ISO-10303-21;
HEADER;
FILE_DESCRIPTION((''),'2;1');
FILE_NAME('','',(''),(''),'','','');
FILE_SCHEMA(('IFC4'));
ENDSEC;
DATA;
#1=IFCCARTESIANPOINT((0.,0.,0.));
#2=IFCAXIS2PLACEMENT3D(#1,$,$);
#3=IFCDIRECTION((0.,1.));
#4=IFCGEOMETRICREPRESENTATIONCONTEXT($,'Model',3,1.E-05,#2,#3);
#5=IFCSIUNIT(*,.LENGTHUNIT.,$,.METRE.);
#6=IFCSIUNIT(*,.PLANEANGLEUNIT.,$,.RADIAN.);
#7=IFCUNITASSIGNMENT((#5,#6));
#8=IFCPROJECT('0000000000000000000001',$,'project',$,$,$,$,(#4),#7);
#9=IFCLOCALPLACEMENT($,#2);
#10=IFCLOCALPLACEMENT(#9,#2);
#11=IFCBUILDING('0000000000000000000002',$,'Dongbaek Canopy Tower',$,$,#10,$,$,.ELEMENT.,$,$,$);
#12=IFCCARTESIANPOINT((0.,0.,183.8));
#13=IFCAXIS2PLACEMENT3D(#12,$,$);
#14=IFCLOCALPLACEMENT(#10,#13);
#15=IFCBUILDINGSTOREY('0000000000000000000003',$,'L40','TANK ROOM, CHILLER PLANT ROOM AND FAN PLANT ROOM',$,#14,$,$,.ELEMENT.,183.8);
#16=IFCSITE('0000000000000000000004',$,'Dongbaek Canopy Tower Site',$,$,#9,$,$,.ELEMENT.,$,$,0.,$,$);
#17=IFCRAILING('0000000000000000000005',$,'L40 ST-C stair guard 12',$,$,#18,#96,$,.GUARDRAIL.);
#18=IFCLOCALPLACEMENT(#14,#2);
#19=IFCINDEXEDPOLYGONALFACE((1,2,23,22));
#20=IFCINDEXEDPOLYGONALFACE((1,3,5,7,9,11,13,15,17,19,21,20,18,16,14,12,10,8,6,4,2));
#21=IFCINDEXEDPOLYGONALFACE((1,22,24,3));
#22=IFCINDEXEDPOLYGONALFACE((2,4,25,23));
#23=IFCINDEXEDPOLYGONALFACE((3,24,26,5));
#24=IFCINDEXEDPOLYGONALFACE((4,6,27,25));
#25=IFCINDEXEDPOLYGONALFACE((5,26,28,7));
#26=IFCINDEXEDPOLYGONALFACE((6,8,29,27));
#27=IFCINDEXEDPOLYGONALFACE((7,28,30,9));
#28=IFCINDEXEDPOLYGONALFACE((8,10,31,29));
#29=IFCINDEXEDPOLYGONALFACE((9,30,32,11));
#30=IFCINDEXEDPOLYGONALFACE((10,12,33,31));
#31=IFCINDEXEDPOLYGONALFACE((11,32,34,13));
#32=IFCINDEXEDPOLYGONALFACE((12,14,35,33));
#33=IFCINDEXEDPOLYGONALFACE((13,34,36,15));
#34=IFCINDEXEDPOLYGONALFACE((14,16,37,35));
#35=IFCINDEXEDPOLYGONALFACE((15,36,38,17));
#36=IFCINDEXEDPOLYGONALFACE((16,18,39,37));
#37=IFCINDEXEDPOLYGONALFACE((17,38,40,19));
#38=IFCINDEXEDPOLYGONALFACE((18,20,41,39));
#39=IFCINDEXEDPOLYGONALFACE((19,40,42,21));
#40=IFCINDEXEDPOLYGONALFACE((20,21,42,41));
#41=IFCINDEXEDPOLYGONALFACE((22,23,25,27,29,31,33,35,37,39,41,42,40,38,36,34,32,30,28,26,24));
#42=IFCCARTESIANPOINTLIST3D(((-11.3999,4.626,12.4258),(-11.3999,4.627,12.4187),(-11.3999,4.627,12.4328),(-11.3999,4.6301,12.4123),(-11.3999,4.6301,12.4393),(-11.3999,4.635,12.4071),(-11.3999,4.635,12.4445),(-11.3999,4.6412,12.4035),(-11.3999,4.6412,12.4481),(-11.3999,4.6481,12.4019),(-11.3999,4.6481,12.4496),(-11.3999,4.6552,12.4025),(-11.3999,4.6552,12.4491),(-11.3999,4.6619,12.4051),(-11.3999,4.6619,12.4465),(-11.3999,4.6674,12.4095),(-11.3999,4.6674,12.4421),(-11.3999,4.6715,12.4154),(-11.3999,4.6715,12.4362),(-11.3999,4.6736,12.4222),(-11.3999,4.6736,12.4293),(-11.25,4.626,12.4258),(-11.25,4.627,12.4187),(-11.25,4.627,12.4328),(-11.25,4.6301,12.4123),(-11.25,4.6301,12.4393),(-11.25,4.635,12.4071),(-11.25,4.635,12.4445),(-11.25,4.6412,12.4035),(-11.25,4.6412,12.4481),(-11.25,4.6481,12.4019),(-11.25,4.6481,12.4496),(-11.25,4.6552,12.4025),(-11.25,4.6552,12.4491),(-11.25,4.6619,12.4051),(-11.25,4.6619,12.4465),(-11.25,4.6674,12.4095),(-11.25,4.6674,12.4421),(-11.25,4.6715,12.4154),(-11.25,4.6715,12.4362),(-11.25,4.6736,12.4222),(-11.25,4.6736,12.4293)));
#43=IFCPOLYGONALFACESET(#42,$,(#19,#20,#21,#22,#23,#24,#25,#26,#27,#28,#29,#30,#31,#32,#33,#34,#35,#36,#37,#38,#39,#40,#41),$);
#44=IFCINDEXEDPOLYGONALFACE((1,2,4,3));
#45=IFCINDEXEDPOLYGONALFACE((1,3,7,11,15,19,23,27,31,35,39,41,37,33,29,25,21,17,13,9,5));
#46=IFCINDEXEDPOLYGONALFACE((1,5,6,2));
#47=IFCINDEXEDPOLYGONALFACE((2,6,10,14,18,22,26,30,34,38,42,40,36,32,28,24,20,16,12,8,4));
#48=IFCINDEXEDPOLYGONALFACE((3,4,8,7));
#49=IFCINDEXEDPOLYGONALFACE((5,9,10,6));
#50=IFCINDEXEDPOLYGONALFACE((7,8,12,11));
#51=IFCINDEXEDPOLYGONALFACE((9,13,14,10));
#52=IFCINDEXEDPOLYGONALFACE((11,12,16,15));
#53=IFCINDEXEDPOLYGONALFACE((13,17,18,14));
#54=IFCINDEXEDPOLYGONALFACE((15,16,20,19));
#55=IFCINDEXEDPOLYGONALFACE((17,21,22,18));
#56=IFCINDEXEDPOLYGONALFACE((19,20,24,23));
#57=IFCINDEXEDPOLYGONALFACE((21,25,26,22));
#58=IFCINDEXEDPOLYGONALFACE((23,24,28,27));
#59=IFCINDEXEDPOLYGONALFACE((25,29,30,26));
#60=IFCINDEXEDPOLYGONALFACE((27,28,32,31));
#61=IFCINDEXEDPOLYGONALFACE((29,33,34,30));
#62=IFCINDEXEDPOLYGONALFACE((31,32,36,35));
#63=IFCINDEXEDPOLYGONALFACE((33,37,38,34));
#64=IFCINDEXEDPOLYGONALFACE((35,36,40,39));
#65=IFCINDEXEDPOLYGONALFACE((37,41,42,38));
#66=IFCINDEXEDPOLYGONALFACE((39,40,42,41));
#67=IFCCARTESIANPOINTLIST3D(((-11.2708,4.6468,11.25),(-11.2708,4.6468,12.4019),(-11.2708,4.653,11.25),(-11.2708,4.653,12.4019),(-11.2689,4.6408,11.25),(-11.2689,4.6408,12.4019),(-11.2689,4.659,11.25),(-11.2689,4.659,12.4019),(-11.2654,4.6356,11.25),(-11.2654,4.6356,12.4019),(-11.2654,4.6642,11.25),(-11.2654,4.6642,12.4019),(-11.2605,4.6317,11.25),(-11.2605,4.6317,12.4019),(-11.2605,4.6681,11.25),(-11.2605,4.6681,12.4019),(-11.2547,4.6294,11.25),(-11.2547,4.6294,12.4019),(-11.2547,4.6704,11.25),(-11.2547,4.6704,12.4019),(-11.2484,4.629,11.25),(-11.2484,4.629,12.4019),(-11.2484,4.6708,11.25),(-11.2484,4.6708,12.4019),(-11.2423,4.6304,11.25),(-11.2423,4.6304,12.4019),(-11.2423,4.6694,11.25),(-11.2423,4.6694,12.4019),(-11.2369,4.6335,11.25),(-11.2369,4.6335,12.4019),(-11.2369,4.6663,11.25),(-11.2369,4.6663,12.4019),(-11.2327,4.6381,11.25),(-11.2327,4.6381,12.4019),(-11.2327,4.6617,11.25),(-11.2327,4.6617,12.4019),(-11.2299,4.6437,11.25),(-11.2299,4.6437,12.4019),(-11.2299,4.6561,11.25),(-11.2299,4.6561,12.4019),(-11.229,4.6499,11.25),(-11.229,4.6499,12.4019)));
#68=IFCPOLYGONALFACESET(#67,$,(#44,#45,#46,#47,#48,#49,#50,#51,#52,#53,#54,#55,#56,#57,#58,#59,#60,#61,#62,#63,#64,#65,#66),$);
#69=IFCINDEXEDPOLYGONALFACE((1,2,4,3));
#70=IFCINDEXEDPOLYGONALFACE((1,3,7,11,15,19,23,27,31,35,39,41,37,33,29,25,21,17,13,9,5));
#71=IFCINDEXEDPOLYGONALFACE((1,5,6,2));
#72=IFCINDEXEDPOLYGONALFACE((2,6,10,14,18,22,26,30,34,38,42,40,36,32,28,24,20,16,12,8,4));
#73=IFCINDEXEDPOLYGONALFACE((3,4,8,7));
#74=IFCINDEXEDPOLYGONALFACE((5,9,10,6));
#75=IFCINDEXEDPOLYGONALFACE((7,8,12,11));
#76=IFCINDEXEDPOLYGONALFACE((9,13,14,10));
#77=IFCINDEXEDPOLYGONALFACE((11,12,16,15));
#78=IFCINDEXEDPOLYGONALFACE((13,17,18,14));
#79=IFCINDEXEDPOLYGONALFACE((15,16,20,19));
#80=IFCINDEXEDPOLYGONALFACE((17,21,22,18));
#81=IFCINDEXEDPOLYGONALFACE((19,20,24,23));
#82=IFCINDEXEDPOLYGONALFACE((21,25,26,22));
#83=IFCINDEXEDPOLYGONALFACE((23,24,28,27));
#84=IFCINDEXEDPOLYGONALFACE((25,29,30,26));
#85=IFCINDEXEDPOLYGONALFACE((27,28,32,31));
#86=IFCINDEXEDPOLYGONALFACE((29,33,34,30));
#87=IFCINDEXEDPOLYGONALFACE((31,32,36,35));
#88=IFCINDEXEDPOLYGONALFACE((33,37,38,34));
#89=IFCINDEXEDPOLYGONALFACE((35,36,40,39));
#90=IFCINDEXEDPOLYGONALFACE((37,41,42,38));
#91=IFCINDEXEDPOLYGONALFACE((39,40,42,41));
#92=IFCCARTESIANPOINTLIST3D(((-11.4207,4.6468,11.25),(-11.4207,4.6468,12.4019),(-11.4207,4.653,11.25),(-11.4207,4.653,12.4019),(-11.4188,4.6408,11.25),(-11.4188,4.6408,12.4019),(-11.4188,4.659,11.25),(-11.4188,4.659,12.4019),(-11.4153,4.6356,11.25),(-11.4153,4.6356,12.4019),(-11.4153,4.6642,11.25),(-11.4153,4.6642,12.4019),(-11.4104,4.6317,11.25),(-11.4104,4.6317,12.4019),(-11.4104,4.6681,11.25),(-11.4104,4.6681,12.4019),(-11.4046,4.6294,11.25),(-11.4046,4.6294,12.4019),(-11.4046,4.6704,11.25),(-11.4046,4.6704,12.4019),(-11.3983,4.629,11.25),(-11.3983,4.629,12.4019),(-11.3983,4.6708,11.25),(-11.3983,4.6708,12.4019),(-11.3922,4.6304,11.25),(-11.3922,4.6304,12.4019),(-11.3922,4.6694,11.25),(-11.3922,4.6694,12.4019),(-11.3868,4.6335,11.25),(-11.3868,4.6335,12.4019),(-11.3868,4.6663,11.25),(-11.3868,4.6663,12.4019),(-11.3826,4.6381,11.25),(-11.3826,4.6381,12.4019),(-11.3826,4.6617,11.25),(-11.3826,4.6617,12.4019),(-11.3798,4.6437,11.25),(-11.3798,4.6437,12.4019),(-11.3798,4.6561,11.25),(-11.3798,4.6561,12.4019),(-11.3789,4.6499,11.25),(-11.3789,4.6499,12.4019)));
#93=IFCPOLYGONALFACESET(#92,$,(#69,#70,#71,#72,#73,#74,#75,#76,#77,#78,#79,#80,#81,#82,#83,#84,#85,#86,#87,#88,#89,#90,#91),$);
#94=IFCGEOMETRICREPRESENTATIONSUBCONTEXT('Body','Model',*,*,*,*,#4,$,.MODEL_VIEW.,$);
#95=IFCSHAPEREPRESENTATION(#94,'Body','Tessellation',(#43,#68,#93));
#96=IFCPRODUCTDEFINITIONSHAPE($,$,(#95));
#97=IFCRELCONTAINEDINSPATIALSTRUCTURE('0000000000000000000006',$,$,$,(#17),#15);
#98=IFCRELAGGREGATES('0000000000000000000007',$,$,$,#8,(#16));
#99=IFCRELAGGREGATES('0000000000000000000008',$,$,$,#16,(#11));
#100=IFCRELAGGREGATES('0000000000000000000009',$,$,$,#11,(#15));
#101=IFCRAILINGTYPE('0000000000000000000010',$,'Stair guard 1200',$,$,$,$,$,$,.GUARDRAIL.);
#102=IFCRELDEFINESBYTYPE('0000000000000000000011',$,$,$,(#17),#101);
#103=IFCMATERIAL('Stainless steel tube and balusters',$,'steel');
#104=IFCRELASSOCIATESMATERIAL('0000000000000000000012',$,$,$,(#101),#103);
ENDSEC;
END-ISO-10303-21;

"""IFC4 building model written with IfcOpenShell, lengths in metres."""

from ifc_helpers import new_model, si_unit, direction, frame, origin, origin_2d, place, context, subcontext, project, spatial, circle, extrude, material, type_object, element, save


model = new_model("IFC4")

# Units and contexts
model_context = context("Model", 3, precision=1e-05, world=origin(), true_north=direction((0.0, 1.0)))
body_context = subcontext(model_context, "Body", "Model", "MODEL_VIEW")
ifc_project = project(units=[si_unit("LENGTHUNIT", "METRE"), si_unit("PLANEANGLEUNIT", "RADIAN")], contexts=[model_context])

# Site, building, storey
site_placement = place(None, origin())
site = spatial("IfcSite", under=ifc_project, at=site_placement, Name="Dongbaek Canopy Tower Site", CompositionType="ELEMENT", RefElevation=0.0)
building_placement = place(site_placement, origin())
building = spatial("IfcBuilding", under=site, at=building_placement, Name="Dongbaek Canopy Tower", CompositionType="ELEMENT")
storey_placement = place(building_placement, frame((0.0, 0.0, 183.8)))
storey = spatial("IfcBuildingStorey", under=building, at=storey_placement, Name="L40", Description="TANK ROOM, CHILLER PLANT ROOM AND FAN PLANT ROOM", CompositionType="ELEMENT", Elevation=183.8)

# Railing
ifc_material_1 = material(Name="Stainless steel tube and balusters", Category="steel")
railing_type_1 = type_object("IfcRailingType", Name="Stair guard 1200", PredefinedType="GUARDRAIL", material=ifc_material_1)
railing_1_placement = place(storey_placement, frame((-11.25, 4.6499, 11.25)))
element("IfcRailing", 1, at=railing_1_placement, inside=storey, type_object=railing_type_1, Name="L40 ST-C stair guard 12", PredefinedType="GUARDRAIL", context=body_context, shape_type="SweptSolid", body=[
    extrude(circle(Radius=0.0239, at=origin_2d()), frame((0.0, 0.0, 1.1758), z_axis=(-1.0, 0.0, 0.0), x_axis=(0.0, -1.0, 0.0)), (0.0, 0.0, 1.0), 0.1499),
    extrude(circle(Radius=0.021, at=origin_2d()), origin(), (0.0, 0.0, 1.0), 1.1519),
    extrude(circle(Radius=0.021, at=origin_2d()), frame((-0.1499, 0.0, 0.0)), (0.0, 0.0, 1.0), 1.1519),
])

save(model, "model.ifc")
